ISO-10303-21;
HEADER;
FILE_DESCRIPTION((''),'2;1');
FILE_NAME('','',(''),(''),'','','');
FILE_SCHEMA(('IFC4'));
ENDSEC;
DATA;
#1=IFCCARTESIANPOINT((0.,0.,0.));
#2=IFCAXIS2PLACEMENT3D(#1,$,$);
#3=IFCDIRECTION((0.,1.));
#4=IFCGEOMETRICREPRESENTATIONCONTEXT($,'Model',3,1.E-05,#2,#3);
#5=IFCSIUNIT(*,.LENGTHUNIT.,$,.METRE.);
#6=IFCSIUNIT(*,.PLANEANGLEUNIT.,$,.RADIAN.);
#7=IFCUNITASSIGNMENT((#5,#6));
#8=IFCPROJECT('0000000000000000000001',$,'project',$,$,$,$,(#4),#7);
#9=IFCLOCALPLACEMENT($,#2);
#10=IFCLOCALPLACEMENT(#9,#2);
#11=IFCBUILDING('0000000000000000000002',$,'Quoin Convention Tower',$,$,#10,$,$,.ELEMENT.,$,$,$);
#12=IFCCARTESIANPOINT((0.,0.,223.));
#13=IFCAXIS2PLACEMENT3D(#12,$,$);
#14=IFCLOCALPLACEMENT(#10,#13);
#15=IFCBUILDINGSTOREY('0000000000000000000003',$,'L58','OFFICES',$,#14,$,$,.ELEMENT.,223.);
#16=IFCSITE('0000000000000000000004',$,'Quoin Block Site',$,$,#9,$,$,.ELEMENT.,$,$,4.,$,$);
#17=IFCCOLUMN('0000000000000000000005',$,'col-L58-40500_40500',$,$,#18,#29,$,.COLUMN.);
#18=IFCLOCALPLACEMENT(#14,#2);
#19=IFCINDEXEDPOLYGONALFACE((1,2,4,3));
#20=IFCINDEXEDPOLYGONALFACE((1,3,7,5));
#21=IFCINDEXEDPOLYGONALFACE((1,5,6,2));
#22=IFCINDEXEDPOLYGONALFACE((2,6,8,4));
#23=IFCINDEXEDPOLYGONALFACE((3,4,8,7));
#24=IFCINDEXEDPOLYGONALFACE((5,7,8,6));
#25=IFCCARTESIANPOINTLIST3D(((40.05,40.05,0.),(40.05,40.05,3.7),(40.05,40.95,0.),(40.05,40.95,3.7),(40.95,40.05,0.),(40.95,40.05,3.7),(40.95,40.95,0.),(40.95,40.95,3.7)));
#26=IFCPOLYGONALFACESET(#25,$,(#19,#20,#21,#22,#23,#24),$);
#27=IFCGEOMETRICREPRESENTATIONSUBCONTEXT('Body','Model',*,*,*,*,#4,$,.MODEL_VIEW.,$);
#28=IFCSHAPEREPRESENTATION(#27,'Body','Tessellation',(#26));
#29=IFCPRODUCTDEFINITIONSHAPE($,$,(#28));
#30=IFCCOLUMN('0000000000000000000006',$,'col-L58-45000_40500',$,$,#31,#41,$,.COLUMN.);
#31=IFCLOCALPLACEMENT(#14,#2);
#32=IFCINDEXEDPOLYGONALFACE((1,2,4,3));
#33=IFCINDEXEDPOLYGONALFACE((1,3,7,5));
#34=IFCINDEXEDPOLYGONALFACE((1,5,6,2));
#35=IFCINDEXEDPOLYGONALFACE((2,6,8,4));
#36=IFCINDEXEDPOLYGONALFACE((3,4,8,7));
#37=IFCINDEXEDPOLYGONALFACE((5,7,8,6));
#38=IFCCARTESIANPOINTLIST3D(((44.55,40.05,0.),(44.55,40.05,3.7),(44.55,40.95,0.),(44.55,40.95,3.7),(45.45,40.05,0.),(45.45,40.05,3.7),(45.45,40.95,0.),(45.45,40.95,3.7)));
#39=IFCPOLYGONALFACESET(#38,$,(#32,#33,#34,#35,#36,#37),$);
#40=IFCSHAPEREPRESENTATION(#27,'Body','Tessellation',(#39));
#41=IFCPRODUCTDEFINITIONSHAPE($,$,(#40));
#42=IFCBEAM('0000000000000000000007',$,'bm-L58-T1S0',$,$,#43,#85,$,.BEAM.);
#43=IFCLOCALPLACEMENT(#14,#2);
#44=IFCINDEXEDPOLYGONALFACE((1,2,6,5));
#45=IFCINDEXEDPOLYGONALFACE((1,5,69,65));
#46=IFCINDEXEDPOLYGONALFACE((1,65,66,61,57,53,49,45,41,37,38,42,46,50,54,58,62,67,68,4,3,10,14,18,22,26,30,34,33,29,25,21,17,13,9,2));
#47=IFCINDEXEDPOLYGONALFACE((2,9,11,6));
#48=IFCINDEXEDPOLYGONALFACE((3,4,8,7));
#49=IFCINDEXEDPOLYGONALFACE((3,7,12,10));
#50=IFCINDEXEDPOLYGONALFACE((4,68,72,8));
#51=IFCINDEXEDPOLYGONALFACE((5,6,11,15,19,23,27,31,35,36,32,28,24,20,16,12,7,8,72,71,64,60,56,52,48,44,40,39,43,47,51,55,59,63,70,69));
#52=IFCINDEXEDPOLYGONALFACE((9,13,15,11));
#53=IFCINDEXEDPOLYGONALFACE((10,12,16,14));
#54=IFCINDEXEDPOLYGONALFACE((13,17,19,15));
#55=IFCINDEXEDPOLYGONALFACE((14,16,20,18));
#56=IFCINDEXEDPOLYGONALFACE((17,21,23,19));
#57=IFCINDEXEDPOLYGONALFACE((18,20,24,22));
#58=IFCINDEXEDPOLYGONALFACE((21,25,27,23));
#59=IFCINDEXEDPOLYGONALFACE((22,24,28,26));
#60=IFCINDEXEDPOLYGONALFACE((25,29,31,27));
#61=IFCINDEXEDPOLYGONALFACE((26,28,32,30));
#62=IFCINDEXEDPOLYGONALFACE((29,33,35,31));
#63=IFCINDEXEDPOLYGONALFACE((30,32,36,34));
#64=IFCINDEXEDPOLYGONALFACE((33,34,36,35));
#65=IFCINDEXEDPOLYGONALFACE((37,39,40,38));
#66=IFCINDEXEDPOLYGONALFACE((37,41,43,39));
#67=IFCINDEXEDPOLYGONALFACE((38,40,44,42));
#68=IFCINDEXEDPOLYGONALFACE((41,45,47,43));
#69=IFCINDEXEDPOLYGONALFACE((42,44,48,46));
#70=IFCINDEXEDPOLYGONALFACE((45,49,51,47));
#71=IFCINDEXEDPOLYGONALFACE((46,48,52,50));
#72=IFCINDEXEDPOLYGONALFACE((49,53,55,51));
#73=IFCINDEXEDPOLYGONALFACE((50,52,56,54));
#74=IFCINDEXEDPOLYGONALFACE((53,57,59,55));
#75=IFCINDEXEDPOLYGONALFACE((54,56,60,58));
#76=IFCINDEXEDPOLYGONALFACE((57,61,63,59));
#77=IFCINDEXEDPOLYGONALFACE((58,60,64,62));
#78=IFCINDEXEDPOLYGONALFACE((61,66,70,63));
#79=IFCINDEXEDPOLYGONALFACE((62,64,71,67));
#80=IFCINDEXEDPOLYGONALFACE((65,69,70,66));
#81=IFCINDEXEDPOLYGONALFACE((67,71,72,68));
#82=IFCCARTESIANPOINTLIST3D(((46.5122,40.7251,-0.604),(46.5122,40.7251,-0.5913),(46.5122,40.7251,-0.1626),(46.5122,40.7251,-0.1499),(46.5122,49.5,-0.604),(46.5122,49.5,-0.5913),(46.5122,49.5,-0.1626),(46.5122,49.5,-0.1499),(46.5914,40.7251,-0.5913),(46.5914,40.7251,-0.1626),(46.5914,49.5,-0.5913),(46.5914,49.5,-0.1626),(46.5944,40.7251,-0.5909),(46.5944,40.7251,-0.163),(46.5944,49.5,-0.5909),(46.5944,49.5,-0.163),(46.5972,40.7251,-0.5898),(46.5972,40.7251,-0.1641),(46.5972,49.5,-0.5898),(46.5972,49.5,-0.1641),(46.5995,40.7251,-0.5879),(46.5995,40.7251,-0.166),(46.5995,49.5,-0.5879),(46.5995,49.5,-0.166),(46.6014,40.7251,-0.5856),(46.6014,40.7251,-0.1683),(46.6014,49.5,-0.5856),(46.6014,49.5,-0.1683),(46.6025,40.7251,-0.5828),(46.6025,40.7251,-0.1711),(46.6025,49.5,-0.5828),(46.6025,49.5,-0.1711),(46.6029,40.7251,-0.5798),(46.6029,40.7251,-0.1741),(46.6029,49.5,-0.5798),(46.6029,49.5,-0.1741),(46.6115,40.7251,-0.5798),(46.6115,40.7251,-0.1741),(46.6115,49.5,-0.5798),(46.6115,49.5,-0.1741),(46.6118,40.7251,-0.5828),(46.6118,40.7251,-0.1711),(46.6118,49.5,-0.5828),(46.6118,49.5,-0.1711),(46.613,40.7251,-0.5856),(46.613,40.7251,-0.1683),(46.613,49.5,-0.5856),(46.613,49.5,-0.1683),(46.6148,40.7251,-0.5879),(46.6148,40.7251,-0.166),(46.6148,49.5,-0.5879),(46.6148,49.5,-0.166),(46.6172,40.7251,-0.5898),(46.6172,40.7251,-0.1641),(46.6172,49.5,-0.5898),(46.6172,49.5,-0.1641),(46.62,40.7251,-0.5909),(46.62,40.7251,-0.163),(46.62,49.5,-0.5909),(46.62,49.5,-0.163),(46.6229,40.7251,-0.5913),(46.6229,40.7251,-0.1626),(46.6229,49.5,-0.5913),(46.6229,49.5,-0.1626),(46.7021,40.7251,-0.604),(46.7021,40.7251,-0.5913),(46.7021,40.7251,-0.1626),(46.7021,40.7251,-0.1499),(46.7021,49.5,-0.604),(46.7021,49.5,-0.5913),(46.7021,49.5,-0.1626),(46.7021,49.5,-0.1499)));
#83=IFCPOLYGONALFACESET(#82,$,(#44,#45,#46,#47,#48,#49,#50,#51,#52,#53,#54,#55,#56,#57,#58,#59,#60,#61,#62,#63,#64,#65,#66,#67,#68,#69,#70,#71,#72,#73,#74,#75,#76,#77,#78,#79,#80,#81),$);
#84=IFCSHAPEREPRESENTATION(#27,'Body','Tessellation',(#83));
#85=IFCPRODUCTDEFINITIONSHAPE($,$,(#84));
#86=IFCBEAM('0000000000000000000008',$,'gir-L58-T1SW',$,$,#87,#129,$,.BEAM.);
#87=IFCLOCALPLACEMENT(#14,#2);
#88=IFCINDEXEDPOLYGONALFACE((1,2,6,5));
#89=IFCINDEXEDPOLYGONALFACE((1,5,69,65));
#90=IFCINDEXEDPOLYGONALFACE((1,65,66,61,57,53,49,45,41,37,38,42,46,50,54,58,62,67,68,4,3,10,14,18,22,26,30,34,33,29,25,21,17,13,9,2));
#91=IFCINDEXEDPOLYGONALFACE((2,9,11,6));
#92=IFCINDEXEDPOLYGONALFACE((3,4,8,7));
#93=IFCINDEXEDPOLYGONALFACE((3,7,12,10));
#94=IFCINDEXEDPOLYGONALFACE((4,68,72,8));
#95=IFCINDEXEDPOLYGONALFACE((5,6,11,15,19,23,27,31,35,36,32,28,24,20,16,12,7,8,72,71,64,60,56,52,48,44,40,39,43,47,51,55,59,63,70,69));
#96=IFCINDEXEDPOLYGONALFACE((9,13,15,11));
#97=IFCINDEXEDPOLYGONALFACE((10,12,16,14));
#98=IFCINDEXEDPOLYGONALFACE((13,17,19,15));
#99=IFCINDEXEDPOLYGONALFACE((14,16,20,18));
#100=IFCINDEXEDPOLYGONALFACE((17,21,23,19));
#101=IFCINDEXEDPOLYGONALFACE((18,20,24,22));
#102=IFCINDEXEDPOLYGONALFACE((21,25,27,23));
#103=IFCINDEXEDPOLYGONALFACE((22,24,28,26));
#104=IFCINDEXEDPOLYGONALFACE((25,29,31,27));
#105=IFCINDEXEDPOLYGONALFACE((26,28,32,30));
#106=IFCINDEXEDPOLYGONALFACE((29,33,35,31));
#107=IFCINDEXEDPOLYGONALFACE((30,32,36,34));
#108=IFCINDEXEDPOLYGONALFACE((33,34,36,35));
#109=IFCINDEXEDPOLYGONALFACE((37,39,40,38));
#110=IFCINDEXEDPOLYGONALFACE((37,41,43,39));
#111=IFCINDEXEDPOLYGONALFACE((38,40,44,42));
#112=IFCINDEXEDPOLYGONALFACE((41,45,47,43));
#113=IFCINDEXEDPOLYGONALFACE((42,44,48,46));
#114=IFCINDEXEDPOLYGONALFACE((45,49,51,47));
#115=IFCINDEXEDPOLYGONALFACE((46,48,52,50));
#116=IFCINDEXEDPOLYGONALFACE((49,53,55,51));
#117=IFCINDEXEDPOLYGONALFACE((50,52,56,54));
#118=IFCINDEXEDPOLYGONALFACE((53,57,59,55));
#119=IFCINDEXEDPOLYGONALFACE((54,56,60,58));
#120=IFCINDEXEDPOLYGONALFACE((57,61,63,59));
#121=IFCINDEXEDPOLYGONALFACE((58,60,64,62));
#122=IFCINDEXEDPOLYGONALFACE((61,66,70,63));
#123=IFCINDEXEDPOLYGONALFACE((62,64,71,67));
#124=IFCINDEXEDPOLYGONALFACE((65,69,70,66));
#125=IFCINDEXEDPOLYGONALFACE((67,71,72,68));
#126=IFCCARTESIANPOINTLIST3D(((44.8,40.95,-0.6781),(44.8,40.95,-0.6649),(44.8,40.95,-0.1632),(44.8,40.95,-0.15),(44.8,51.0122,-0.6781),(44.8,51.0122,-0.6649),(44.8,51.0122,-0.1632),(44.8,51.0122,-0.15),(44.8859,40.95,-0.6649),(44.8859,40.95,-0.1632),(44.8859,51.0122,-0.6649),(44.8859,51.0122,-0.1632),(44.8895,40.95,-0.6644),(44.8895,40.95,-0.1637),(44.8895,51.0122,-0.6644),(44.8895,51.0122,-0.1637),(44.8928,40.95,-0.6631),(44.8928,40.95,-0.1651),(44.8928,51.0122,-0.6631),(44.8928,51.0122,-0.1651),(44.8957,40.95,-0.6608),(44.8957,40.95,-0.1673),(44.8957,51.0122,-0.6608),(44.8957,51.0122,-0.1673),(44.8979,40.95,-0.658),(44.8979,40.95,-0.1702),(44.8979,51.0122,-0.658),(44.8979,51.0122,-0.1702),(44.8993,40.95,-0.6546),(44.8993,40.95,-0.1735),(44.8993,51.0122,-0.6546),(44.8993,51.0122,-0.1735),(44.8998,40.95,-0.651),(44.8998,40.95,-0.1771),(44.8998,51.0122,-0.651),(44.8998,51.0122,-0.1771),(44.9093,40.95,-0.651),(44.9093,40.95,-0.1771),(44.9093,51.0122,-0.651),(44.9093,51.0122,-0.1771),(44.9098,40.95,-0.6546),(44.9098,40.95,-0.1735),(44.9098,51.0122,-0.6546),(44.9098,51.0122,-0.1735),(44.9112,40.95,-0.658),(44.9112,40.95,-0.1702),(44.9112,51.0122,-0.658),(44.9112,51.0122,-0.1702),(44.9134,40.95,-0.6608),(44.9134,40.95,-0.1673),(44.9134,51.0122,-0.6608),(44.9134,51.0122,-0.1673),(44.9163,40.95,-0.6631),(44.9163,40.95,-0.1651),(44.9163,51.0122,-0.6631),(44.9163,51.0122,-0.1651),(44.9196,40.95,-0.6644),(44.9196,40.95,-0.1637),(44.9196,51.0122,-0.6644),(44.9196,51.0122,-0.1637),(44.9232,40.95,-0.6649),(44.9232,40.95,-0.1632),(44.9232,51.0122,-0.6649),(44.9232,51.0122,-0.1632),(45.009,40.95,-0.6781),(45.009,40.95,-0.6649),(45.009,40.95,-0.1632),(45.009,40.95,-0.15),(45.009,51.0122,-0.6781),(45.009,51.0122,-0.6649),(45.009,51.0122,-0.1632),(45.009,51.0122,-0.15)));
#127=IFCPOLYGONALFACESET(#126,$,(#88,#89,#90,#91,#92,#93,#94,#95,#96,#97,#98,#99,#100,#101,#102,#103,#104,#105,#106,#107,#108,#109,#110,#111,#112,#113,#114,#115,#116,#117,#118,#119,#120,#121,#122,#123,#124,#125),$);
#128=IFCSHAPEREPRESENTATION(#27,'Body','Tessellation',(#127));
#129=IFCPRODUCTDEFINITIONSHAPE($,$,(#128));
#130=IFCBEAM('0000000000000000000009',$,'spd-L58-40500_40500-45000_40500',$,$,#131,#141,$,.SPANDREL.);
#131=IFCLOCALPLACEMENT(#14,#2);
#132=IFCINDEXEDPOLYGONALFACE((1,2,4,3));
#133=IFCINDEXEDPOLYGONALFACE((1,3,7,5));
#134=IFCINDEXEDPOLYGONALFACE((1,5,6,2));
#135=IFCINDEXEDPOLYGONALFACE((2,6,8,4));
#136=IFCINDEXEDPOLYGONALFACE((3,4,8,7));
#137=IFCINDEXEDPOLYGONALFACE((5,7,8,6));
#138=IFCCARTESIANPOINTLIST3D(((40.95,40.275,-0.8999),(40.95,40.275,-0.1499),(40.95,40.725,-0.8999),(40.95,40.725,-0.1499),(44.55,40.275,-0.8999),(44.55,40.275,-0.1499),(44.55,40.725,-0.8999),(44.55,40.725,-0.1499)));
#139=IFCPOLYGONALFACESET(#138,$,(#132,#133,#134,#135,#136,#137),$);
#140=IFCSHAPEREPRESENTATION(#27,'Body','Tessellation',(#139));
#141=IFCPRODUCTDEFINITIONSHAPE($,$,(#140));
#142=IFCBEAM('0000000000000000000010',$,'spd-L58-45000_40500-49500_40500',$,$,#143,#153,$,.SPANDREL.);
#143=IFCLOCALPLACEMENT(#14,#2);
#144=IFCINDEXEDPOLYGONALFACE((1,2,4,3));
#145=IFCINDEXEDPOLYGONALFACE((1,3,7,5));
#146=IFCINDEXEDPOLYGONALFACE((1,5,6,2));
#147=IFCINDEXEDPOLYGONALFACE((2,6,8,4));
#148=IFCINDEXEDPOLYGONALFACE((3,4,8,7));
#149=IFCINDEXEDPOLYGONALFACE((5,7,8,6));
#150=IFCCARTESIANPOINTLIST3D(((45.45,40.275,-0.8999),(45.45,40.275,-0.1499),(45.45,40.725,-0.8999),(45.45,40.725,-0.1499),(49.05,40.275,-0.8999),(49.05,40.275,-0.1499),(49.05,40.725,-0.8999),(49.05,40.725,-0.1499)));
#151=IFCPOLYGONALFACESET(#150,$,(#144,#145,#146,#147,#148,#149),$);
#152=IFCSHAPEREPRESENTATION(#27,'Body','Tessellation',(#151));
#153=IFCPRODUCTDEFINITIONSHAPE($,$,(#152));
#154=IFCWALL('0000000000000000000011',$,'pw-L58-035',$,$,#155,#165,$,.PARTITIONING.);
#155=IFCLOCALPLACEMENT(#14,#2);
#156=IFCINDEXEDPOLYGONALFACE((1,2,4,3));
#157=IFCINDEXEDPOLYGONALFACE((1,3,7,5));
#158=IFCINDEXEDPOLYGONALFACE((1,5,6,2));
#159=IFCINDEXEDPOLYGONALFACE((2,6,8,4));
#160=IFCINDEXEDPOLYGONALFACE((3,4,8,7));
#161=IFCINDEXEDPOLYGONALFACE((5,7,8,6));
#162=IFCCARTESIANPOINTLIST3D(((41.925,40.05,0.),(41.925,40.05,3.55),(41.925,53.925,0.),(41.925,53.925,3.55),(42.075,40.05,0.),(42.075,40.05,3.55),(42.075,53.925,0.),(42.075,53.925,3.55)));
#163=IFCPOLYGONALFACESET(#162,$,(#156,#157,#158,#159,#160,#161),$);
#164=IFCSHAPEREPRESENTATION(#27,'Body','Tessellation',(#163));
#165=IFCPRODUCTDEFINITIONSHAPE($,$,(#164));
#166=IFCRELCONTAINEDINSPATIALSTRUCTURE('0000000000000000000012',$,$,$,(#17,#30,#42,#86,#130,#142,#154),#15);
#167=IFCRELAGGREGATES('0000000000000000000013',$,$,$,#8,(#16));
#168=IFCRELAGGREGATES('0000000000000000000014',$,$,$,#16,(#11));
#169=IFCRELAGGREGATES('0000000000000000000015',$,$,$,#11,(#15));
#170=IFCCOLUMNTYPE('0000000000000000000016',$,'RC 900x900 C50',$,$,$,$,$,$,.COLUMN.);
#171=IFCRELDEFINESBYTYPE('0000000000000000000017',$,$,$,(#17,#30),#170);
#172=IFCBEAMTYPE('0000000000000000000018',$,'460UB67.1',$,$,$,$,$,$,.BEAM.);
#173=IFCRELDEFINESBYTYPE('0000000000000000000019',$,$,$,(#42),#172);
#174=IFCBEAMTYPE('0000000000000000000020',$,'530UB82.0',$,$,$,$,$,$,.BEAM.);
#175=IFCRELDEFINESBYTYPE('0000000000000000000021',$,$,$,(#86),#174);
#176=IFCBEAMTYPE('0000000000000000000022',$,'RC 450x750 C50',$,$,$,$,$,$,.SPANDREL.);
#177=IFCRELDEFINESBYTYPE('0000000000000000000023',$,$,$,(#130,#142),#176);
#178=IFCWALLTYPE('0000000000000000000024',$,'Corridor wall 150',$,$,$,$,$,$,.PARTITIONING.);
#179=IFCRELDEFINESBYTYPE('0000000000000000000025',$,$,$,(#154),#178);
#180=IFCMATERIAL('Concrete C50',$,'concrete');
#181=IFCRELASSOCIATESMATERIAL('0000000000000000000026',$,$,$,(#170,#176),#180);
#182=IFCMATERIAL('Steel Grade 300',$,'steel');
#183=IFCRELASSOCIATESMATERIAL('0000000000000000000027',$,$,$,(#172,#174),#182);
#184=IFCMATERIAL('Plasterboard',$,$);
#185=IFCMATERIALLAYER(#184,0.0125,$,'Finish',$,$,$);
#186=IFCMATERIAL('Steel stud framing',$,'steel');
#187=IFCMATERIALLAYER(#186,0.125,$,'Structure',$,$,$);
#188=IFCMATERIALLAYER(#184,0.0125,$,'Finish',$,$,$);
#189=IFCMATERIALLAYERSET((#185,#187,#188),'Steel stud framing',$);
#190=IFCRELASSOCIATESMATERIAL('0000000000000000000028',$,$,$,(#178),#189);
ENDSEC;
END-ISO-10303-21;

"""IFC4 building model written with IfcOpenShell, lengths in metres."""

from ifc_helpers import new_model, si_unit, direction, frame, frame_2d, origin, origin_2d, place, context, subcontext, project, spatial, rectangle, i_section, extrude, material, layer, layer_set, material_profile, profile_set, type_object, element, save


model = new_model("IFC4")

# Units and contexts
model_context = context("Model", 3, precision=1e-05, world=origin(), true_north=direction((0.0, 1.0)))
body_context = subcontext(model_context, "Body", "Model", "MODEL_VIEW")
ifc_project = project(units=[si_unit("LENGTHUNIT", "METRE"), si_unit("PLANEANGLEUNIT", "RADIAN")], contexts=[model_context])

# Site, building, storey
site_placement = place(None, origin())
site = spatial("IfcSite", under=ifc_project, at=site_placement, Name="Quoin Block Site", CompositionType="ELEMENT", RefElevation=4.0)
building_placement = place(site_placement, origin())
building = spatial("IfcBuilding", under=site, at=building_placement, Name="Quoin Convention Tower", CompositionType="ELEMENT")
storey_placement = place(building_placement, frame((0.0, 0.0, 223.0)))
storey = spatial("IfcBuildingStorey", under=building, at=storey_placement, Name="L58", Description="OFFICES", CompositionType="ELEMENT", Elevation=223.0)

# Columns
ifc_material_1 = material(Name="Concrete C50", Category="concrete")
ifc_material_profile_1 = material_profile(ifc_material_1, rectangle(XDim=0.8999, YDim=0.8999, at=origin_2d()), Name="RC 900x900")
ifc_profile_set_1 = profile_set([ifc_material_profile_1], Name="Concrete C50")
column_type = type_object("IfcColumnType", Name="RC 900x900 C50", PredefinedType="COLUMN", material=ifc_profile_set_1)
for number, where, z_axis, x_axis, name in (
    (1, (40.5, 40.5, 0.0), (0.0, 0.0, 1.0), (1.0, 0.0, 0.0), "col-L58-40500_40500"),
    (2, (45.0, 40.5, 0.0), (0.0, 0.0, 1.0), (1.0, 0.0, 0.0), "col-L58-45000_40500"),
):
    element("IfcColumn", number, at=place(storey_placement, frame(where, z_axis=z_axis, x_axis=x_axis)), inside=storey, type_object=column_type, Name=name, PredefinedType="COLUMN", context=body_context, shape_type="SweptSolid", body=[
        extrude(rectangle(XDim=0.8999, YDim=0.8999, at=origin_2d()), origin(), (0.0, 0.0, 1.0), 3.7),
    ])

# Beams
ifc_material_2 = material(Name="Steel Grade 300", Category="steel")
ifc_material_profile_2 = material_profile(ifc_material_2, i_section(OverallWidth=0.1899, OverallDepth=0.4541, WebThickness=0.0085, FlangeThickness=0.0127, FilletRadius=0.0115, at=origin_2d()), Name="460UB67.1")
ifc_profile_set_2 = profile_set([ifc_material_profile_2], Name="Steel Grade 300")
beam_type_1 = type_object("IfcBeamType", Name="460UB67.1", PredefinedType="BEAM", material=ifc_profile_set_2)
beam_1_placement = place(storey_placement, frame((46.6072, 40.7251, -0.377), z_axis=(0.0, 1.0, 0.0), x_axis=(-1.0, 0.0, 0.0)))
element("IfcBeam", 3, at=beam_1_placement, inside=storey, type_object=beam_type_1, Name="bm-L58-T1S0", PredefinedType="BEAM", context=body_context, shape_type="SweptSolid", body=[
    extrude(i_section(OverallWidth=0.1899, OverallDepth=0.4541, WebThickness=0.0085, FlangeThickness=0.0127, FilletRadius=0.0115, at=origin_2d()), origin(), (0.0, 0.0, 1.0), 8.7749),
])
ifc_material_profile_3 = material_profile(ifc_material_2, i_section(OverallWidth=0.209, OverallDepth=0.5281, WebThickness=0.0095, FlangeThickness=0.0132, FilletRadius=0.0139, at=origin_2d()), Name="530UB82.0")
ifc_profile_set_3 = profile_set([ifc_material_profile_3], Name="Steel Grade 300")
beam_type_2 = type_object("IfcBeamType", Name="530UB82.0", PredefinedType="BEAM", material=ifc_profile_set_3)
beam_2_placement = place(storey_placement, frame((44.9045, 40.95, -0.4141), z_axis=(0.0, 1.0, 0.0), x_axis=(-1.0, 0.0, 0.0)))
element("IfcBeam", 4, at=beam_2_placement, inside=storey, type_object=beam_type_2, Name="gir-L58-T1SW", PredefinedType="BEAM", context=body_context, shape_type="SweptSolid", body=[
    extrude(i_section(OverallWidth=0.209, OverallDepth=0.5281, WebThickness=0.0095, FlangeThickness=0.0132, FilletRadius=0.0139, at=origin_2d()), origin(), (0.0, 0.0, 1.0), 10.0623),
])
ifc_material_profile_4 = material_profile(ifc_material_1, rectangle(XDim=0.45, YDim=0.75, at=origin_2d()), Name="RC 450x750")
ifc_profile_set_4 = profile_set([ifc_material_profile_4], Name="Concrete C50")
beam_type_3 = type_object("IfcBeamType", Name="RC 450x750 C50", PredefinedType="SPANDREL", material=ifc_profile_set_4)
for number, where, z_axis, x_axis, name in (
    (5, (40.95, 40.5, -0.5249), (1.0, 0.0, 0.0), (0.0, 1.0, 0.0), "spd-L58-40500_40500-45000_40500"),
    (6, (45.45, 40.5, -0.5249), (1.0, 0.0, 0.0), (0.0, 1.0, 0.0), "spd-L58-45000_40500-49500_40500"),
):
    element("IfcBeam", number, at=place(storey_placement, frame(where, z_axis=z_axis, x_axis=x_axis)), inside=storey, type_object=beam_type_3, Name=name, PredefinedType="SPANDREL", context=body_context, shape_type="SweptSolid", body=[
        extrude(rectangle(XDim=0.45, YDim=0.75, at=origin_2d()), origin(), (0.0, 0.0, 1.0), 3.6001),
    ])

# Wall
ifc_material_3 = material(Name="Plasterboard")
ifc_layer_1 = layer(ifc_material_3, 0.0125, Name="Finish")
ifc_material_4 = material(Name="Steel stud framing", Category="steel")
ifc_layer_2 = layer(ifc_material_4, 0.125, Name="Structure")
ifc_layer_3 = layer(ifc_material_3, 0.0125, Name="Finish")
ifc_layer_set_1 = layer_set([ifc_layer_1, ifc_layer_2, ifc_layer_3], Name="Steel stud framing")
wall_type_1 = type_object("IfcWallType", Name="Corridor wall 150", PredefinedType="PARTITIONING", material=ifc_layer_set_1)
wall_1_placement = place(storey_placement, frame((42.0, 40.05, 0.0), z_axis=(0.0, 0.0, 1.0), x_axis=(0.0, 1.0, 0.0)))
element("IfcWall", 7, at=wall_1_placement, inside=storey, type_object=wall_type_1, Name="pw-L58-035", PredefinedType="PARTITIONING", context=body_context, shape_type="SweptSolid", body=[
    extrude(rectangle(XDim=13.875, YDim=0.1499, at=frame_2d((6.9375, 0.0))), origin(), (0.0, 0.0, 1.0), 3.55),
])

save(model, "model.ifc")
